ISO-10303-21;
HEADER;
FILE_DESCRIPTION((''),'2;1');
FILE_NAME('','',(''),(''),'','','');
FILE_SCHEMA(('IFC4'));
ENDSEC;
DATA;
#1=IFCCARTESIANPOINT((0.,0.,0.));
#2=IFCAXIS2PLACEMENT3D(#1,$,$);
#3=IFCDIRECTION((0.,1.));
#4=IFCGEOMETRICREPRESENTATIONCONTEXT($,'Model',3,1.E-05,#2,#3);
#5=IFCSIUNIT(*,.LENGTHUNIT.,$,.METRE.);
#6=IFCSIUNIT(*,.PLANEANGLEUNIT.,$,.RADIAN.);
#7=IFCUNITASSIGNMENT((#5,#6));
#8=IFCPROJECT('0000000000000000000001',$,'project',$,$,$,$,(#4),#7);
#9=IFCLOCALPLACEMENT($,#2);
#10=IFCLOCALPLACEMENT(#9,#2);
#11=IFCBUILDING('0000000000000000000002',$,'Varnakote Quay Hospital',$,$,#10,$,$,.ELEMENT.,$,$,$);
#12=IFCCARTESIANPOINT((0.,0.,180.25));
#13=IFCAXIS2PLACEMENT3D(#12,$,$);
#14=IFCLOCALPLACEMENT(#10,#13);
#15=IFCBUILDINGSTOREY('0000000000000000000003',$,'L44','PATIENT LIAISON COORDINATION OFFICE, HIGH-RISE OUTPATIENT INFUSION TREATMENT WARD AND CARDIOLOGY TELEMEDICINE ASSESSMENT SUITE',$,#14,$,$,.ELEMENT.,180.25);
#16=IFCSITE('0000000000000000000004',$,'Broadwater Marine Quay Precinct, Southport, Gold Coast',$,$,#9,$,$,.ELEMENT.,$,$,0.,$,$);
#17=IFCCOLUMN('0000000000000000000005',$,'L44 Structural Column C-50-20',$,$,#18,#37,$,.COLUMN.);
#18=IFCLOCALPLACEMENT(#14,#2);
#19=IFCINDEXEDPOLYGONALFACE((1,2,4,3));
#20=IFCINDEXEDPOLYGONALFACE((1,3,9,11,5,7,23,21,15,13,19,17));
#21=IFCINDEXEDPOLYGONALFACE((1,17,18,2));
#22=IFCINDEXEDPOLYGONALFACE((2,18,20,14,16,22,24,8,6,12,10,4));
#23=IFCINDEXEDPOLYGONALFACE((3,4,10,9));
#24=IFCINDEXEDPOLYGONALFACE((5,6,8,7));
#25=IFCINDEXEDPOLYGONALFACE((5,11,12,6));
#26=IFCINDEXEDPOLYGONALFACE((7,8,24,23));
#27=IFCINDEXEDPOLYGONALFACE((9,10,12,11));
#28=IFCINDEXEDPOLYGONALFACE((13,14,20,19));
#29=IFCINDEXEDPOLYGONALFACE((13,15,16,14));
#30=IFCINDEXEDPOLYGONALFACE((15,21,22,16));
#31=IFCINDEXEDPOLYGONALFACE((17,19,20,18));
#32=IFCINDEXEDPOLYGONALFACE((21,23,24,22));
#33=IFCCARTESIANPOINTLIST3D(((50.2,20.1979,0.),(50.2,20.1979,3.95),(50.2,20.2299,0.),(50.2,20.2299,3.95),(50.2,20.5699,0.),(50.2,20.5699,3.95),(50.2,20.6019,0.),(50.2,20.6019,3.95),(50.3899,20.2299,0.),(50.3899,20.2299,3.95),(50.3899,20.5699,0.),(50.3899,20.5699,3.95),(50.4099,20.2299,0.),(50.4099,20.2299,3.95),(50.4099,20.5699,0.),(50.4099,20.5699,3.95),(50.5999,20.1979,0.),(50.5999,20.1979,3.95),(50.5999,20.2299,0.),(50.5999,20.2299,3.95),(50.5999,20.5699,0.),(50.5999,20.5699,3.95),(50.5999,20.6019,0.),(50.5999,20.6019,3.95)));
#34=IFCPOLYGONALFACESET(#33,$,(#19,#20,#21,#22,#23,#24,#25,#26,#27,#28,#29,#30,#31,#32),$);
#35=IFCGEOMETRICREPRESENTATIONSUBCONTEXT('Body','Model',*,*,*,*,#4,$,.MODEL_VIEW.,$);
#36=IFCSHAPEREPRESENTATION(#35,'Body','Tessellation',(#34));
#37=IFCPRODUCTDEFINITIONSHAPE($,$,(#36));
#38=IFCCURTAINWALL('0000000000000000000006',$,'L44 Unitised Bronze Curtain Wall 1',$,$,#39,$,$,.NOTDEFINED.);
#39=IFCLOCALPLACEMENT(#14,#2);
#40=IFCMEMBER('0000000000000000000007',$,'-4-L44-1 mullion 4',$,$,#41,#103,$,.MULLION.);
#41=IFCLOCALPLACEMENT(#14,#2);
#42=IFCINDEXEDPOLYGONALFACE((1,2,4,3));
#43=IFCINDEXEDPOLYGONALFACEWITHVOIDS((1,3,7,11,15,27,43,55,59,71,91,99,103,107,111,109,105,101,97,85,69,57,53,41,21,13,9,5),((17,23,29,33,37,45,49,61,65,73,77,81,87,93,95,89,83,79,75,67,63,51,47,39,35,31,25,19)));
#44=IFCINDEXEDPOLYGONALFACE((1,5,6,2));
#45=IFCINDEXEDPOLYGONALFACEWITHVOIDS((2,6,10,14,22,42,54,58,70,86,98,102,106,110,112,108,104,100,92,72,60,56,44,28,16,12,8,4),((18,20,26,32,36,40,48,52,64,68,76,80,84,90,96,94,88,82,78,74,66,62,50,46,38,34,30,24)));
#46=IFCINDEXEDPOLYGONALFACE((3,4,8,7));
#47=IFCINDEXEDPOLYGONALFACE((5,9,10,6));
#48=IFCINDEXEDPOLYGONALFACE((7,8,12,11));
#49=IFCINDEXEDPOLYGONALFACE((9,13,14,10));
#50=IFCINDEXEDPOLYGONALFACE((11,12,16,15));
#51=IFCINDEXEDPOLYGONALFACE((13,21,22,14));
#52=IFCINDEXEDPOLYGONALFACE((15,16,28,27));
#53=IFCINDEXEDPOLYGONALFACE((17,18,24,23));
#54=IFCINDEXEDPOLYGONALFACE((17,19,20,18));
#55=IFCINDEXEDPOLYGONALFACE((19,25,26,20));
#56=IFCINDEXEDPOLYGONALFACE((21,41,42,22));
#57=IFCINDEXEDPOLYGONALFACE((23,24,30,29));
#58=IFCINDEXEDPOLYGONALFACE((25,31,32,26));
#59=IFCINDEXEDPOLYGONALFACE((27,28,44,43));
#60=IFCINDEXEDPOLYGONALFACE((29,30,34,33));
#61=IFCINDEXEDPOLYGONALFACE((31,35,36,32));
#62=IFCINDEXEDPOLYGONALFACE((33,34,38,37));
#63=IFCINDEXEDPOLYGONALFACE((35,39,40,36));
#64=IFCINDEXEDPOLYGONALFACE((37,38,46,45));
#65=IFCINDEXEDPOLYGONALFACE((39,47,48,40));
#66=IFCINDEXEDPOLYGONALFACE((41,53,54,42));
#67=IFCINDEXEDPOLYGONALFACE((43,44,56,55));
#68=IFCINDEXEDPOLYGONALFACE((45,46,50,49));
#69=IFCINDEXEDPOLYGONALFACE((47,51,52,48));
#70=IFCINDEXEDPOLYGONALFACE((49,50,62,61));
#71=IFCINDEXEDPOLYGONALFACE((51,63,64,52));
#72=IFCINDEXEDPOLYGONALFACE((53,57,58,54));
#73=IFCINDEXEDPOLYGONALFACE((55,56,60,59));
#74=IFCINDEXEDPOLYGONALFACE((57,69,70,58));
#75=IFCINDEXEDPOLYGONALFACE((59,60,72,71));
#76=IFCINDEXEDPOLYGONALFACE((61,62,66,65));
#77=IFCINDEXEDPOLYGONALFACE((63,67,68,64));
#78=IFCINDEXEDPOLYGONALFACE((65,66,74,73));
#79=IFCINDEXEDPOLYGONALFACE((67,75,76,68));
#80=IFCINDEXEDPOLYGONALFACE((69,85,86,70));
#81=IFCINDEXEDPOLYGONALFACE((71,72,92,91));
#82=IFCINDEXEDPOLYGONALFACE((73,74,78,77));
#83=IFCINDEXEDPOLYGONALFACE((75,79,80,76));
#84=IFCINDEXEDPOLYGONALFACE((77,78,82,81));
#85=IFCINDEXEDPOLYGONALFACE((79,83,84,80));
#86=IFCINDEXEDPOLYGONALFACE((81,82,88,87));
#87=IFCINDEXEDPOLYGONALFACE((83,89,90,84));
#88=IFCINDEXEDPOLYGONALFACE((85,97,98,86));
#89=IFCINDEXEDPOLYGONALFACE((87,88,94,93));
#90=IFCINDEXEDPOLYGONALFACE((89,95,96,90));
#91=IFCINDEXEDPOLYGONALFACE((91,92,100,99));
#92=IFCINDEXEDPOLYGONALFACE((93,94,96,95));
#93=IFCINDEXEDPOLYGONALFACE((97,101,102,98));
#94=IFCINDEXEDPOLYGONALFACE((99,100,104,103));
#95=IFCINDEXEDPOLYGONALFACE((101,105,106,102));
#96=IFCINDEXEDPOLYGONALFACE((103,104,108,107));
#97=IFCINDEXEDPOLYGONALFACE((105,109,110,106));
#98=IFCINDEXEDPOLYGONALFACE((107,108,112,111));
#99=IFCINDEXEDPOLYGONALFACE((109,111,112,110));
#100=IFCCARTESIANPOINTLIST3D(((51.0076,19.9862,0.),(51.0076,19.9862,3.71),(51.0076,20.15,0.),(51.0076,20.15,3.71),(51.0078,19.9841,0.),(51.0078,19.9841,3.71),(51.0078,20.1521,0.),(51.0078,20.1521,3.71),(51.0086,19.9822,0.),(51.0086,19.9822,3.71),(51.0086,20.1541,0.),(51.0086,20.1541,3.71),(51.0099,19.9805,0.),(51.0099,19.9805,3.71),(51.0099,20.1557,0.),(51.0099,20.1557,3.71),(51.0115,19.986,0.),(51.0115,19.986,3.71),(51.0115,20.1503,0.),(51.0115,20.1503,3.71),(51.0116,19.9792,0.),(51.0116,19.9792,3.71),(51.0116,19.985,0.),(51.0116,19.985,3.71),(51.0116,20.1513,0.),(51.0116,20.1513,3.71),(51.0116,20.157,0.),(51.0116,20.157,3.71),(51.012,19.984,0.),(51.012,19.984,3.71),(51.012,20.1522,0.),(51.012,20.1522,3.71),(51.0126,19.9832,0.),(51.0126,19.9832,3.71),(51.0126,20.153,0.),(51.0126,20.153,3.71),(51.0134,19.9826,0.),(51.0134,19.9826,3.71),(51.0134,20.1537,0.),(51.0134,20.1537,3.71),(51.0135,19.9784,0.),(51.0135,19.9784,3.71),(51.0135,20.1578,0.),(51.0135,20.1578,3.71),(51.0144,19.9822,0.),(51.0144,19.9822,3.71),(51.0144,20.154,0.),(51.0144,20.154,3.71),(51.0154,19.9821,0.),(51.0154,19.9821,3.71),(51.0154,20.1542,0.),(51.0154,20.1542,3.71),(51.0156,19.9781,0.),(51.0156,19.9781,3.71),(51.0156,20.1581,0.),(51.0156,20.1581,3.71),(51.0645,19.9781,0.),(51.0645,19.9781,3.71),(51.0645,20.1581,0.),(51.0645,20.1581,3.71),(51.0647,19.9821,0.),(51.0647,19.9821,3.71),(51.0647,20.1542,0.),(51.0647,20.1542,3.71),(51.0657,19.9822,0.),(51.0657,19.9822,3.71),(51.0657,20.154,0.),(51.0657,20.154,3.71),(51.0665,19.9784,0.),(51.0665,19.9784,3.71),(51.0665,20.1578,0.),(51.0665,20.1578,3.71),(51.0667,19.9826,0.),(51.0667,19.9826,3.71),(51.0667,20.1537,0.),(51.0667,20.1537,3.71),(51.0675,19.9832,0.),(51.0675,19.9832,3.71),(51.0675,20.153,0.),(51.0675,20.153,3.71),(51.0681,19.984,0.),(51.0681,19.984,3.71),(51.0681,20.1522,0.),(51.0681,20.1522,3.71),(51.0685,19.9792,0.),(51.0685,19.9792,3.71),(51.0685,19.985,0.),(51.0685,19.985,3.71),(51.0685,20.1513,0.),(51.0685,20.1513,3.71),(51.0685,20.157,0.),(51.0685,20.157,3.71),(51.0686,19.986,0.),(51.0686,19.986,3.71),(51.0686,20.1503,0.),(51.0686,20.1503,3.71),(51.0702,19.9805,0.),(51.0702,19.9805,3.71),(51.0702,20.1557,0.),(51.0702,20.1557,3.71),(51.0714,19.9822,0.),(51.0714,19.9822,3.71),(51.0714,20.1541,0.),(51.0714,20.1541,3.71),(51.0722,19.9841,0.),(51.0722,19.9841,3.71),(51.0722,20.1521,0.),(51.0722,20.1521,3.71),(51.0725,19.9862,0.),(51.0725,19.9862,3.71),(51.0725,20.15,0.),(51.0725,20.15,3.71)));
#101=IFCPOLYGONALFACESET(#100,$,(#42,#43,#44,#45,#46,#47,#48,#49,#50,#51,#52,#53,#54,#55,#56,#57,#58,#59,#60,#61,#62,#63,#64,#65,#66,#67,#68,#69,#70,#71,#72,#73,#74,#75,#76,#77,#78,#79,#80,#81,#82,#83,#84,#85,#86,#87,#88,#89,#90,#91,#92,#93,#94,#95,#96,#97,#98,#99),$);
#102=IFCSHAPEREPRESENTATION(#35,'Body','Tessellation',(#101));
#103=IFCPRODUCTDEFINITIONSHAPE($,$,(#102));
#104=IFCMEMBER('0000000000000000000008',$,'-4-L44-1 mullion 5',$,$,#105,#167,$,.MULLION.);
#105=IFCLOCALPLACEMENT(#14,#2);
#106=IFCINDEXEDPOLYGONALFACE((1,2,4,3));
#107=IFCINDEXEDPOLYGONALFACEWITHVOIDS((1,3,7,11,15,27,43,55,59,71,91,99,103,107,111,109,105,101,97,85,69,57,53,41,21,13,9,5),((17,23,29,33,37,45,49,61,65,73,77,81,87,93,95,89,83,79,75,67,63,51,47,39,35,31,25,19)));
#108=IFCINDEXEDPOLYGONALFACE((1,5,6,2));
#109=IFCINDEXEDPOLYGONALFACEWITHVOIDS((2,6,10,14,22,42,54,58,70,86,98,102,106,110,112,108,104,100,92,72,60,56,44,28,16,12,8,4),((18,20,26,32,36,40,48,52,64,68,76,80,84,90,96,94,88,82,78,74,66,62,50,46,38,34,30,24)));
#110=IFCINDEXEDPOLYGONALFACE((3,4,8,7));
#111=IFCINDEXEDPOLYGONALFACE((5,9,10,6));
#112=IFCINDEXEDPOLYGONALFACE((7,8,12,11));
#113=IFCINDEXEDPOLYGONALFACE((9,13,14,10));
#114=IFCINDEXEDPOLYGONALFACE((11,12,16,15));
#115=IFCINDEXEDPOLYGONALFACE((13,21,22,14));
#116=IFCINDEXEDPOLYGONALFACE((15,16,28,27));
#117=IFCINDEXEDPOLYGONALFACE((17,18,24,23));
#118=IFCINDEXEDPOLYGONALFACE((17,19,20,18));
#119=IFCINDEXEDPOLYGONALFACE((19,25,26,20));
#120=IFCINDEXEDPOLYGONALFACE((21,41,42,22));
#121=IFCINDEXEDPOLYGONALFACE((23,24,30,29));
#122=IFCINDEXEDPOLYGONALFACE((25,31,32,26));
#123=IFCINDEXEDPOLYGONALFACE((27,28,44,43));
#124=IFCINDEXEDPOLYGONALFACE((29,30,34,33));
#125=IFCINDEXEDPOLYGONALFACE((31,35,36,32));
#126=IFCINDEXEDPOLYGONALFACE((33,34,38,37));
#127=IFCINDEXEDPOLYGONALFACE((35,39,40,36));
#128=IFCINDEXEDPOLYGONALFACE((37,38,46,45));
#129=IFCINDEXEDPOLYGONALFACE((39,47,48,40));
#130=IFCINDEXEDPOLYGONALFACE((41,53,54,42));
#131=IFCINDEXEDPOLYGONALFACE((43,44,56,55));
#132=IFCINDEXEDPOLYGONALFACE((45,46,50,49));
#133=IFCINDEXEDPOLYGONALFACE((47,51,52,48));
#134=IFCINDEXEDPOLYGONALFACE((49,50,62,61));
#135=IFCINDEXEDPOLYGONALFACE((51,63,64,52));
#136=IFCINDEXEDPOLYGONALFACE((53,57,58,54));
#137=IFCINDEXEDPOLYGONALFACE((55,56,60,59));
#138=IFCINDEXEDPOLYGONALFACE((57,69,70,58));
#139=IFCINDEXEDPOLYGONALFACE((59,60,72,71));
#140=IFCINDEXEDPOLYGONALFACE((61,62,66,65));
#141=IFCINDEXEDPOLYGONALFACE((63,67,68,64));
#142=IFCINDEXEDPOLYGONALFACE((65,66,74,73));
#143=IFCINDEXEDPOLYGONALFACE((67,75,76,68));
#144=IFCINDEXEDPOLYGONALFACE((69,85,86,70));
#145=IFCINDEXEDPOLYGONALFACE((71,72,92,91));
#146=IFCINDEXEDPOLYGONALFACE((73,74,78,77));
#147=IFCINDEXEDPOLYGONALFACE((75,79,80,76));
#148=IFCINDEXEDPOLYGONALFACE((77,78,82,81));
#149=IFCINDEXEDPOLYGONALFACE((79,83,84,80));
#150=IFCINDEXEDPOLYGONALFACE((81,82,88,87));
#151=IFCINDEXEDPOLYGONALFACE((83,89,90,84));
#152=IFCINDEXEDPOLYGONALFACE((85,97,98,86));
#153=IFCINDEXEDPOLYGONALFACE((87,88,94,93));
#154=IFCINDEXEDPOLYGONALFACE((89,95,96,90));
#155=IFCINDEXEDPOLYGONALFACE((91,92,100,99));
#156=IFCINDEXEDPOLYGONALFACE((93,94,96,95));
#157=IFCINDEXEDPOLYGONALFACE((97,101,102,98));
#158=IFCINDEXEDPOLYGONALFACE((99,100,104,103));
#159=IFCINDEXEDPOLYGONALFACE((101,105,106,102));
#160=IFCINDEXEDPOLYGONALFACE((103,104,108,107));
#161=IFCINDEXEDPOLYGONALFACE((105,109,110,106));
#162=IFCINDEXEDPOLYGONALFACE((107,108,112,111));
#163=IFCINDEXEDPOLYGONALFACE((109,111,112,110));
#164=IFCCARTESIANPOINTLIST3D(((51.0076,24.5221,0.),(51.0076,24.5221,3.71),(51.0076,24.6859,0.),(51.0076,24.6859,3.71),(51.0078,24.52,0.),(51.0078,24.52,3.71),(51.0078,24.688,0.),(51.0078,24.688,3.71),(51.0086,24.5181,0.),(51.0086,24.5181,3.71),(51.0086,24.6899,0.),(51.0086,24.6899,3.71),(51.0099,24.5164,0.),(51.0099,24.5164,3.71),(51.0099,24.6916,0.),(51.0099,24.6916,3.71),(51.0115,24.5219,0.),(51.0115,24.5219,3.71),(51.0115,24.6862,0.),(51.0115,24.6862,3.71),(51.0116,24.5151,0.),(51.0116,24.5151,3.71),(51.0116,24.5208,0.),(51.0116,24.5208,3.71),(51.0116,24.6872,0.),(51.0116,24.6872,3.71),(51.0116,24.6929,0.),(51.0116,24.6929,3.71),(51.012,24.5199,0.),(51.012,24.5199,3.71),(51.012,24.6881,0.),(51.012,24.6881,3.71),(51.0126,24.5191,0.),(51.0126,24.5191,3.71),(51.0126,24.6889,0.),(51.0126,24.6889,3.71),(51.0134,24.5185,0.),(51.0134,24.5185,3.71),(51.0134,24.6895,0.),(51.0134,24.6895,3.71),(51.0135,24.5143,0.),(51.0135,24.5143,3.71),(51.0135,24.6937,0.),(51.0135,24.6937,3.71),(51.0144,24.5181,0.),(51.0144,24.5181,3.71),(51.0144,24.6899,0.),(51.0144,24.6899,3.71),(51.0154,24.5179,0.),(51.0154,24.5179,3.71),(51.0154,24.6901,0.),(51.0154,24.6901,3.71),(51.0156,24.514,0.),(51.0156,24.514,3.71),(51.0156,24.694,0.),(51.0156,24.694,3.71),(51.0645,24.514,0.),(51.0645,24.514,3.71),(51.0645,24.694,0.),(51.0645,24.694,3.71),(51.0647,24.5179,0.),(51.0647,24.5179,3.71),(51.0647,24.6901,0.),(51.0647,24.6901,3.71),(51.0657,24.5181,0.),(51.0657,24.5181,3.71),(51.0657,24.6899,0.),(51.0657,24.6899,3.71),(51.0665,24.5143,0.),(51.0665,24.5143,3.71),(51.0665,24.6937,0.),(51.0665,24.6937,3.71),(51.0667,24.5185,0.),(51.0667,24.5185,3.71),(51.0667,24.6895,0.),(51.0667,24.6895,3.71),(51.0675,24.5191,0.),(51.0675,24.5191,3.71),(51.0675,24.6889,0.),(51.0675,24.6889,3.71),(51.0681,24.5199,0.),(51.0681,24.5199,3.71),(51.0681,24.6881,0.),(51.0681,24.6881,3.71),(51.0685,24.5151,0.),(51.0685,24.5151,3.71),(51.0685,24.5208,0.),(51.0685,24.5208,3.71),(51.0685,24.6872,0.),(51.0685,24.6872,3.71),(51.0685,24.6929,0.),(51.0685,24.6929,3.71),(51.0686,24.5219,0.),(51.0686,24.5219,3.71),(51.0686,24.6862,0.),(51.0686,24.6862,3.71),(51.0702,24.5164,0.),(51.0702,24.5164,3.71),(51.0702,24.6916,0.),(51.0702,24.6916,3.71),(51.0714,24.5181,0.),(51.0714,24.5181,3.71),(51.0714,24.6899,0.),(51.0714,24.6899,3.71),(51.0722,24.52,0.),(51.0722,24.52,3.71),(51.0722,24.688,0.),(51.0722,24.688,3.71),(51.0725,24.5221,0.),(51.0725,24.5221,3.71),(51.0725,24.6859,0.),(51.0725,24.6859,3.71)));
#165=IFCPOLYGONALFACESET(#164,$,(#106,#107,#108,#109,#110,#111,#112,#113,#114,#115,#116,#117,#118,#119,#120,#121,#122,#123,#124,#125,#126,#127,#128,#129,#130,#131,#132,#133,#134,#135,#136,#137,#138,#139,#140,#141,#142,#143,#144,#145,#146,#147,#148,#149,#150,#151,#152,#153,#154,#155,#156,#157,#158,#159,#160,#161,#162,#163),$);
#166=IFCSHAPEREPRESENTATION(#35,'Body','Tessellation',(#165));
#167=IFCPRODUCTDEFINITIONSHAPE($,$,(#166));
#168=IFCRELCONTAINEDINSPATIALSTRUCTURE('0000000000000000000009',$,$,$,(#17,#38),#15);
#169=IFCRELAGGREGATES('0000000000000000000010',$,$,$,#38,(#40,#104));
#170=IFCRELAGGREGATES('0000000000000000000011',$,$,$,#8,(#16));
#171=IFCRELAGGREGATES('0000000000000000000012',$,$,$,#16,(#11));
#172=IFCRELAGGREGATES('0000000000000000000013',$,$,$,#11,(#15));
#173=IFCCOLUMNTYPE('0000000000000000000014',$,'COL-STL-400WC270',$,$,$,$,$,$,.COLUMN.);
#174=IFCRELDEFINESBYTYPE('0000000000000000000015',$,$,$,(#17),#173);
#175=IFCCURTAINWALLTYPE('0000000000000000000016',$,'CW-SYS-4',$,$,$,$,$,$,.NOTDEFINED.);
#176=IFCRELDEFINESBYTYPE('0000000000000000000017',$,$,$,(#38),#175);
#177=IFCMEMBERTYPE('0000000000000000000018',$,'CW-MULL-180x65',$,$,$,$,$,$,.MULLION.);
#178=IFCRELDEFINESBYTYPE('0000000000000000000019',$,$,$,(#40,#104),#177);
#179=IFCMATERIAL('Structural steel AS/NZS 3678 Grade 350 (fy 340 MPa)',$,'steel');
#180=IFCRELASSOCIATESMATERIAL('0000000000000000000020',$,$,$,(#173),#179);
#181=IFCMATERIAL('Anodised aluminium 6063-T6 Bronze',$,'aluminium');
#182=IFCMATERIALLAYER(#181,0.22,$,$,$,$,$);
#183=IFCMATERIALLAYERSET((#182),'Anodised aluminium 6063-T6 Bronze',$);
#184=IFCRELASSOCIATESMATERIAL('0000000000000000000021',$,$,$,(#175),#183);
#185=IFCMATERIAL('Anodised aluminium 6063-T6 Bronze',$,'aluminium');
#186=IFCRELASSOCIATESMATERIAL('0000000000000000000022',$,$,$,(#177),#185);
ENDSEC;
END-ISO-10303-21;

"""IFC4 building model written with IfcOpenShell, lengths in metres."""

from ifc_helpers import new_model, si_unit, direction, frame, origin, origin_2d, place, context, subcontext, project, spatial, hollow_rectangle, i_section, extrude, material, layer, layer_set, material_profile, profile_set, type_object, element, aggregate, save


model = new_model("IFC4")

# Units and contexts
model_context = context("Model", 3, precision=1e-05, world=origin(), true_north=direction((0.0, 1.0)))
body_context = subcontext(model_context, "Body", "Model", "MODEL_VIEW")
ifc_project = project(units=[si_unit("LENGTHUNIT", "METRE"), si_unit("PLANEANGLEUNIT", "RADIAN")], contexts=[model_context])

# Site, building, storey
site_placement = place(None, origin())
site = spatial("IfcSite", under=ifc_project, at=site_placement, Name="Broadwater Marine Quay Precinct, Southport, Gold Coast", CompositionType="ELEMENT", RefElevation=0.0)
building_placement = place(site_placement, origin())
building = spatial("IfcBuilding", under=site, at=building_placement, Name="Varnakote Quay Hospital", CompositionType="ELEMENT")
storey_placement = place(building_placement, frame((0.0, 0.0, 180.25)))
storey = spatial("IfcBuildingStorey", under=building, at=storey_placement, Name="L44", Description="PATIENT LIAISON COORDINATION OFFICE, HIGH-RISE OUTPATIENT INFUSION TREATMENT WARD AND CARDIOLOGY TELEMEDICINE ASSESSMENT SUITE", CompositionType="ELEMENT", Elevation=180.25)

# Column
ifc_material_1 = material(Name="Structural steel AS/NZS 3678 Grade 350 (fy 340 MPa)", Category="steel")
ifc_material_profile_1 = material_profile(ifc_material_1, i_section(OverallWidth=0.3999, OverallDepth=0.4041, WebThickness=0.02, FlangeThickness=0.032, at=origin_2d()), Name="400WC270")
ifc_profile_set_1 = profile_set([ifc_material_profile_1], Name="Structural steel AS/NZS 3678 Grade 350 (fy 340 MPa)")
column_type = type_object("IfcColumnType", Name="COL-STL-400WC270", PredefinedType="COLUMN", material=ifc_profile_set_1)
column_placement = place(storey_placement, frame((50.3999, 20.3999, 0.0), z_axis=(0.0, 0.0, 1.0), x_axis=(1.0, 0.0, 0.0)))
element("IfcColumn", 1, at=column_placement, inside=storey, type_object=column_type, Name="L44 Structural Column C-50-20", PredefinedType="COLUMN", context=body_context, shape_type="SweptSolid", body=[
    extrude(i_section(OverallWidth=0.3999, OverallDepth=0.4041, WebThickness=0.02, FlangeThickness=0.032, at=origin_2d()), origin(), (0.0, 0.0, 1.0), 3.95),
])

# Curtain wall, members
ifc_material_2 = material(Name="Anodised aluminium 6063-T6 Bronze", Category="aluminium")
ifc_layer_1 = layer(ifc_material_2, 0.22)
ifc_layer_set_1 = layer_set([ifc_layer_1], Name="Anodised aluminium 6063-T6 Bronze")
curtain_wall_type = type_object("IfcCurtainWallType", Name="CW-SYS-4", PredefinedType="NOTDEFINED", material=ifc_layer_set_1)
curtain_wall_1_placement = place(storey_placement, origin())
curtain_wall_1 = element("IfcCurtainWall", 2, at=curtain_wall_1_placement, inside=storey, type_object=curtain_wall_type, Name="L44 Unitised Bronze Curtain Wall 1", PredefinedType="NOTDEFINED")
ifc_material_3 = material(Name="Anodised aluminium 6063-T6 Bronze", Category="aluminium")
ifc_material_profile_2 = material_profile(ifc_material_3, hollow_rectangle(XDim=0.0649, YDim=0.1799, WallThickness=0.0039, InnerFilletRadius=0.0039, OuterFilletRadius=0.0081, at=origin_2d()), Name="CW-MULL-180x65")
ifc_profile_set_2 = profile_set([ifc_material_profile_2], Name="Anodised aluminium 6063-T6 Bronze")
member_type_1 = type_object("IfcMemberType", Name="CW-MULL-180x65", PredefinedType="MULLION", material=ifc_profile_set_2)
member_1_placement = place(storey_placement, frame((51.04, 20.0681, 0.0), z_axis=(0.0, 0.0, 1.0), x_axis=(-1.0, 0.0, 0.0)))
member_1 = element("IfcMember", 3, at=member_1_placement, type_object=member_type_1, Name="-4-L44-1 mullion 4", PredefinedType="MULLION", context=body_context, shape_type="SweptSolid", body=[
    extrude(hollow_rectangle(XDim=0.0649, YDim=0.1799, WallThickness=0.0039, InnerFilletRadius=0.0039, OuterFilletRadius=0.0081, at=origin_2d()), origin(), (0.0, 0.0, 1.0), 3.71),
])
member_2_placement = place(storey_placement, frame((51.04, 24.604, 0.0), z_axis=(0.0, 0.0, 1.0), x_axis=(-1.0, 0.0, 0.0)))
member_2 = element("IfcMember", 4, at=member_2_placement, type_object=member_type_1, Name="-4-L44-1 mullion 5", PredefinedType="MULLION", context=body_context, shape_type="SweptSolid", body=[
    extrude(hollow_rectangle(XDim=0.0649, YDim=0.1799, WallThickness=0.0039, InnerFilletRadius=0.0039, OuterFilletRadius=0.0081, at=origin_2d()), origin(), (0.0, 0.0, 1.0), 3.71),
])

aggregate(curtain_wall_1, [member_1, member_2])

save(model, "model.ifc")
